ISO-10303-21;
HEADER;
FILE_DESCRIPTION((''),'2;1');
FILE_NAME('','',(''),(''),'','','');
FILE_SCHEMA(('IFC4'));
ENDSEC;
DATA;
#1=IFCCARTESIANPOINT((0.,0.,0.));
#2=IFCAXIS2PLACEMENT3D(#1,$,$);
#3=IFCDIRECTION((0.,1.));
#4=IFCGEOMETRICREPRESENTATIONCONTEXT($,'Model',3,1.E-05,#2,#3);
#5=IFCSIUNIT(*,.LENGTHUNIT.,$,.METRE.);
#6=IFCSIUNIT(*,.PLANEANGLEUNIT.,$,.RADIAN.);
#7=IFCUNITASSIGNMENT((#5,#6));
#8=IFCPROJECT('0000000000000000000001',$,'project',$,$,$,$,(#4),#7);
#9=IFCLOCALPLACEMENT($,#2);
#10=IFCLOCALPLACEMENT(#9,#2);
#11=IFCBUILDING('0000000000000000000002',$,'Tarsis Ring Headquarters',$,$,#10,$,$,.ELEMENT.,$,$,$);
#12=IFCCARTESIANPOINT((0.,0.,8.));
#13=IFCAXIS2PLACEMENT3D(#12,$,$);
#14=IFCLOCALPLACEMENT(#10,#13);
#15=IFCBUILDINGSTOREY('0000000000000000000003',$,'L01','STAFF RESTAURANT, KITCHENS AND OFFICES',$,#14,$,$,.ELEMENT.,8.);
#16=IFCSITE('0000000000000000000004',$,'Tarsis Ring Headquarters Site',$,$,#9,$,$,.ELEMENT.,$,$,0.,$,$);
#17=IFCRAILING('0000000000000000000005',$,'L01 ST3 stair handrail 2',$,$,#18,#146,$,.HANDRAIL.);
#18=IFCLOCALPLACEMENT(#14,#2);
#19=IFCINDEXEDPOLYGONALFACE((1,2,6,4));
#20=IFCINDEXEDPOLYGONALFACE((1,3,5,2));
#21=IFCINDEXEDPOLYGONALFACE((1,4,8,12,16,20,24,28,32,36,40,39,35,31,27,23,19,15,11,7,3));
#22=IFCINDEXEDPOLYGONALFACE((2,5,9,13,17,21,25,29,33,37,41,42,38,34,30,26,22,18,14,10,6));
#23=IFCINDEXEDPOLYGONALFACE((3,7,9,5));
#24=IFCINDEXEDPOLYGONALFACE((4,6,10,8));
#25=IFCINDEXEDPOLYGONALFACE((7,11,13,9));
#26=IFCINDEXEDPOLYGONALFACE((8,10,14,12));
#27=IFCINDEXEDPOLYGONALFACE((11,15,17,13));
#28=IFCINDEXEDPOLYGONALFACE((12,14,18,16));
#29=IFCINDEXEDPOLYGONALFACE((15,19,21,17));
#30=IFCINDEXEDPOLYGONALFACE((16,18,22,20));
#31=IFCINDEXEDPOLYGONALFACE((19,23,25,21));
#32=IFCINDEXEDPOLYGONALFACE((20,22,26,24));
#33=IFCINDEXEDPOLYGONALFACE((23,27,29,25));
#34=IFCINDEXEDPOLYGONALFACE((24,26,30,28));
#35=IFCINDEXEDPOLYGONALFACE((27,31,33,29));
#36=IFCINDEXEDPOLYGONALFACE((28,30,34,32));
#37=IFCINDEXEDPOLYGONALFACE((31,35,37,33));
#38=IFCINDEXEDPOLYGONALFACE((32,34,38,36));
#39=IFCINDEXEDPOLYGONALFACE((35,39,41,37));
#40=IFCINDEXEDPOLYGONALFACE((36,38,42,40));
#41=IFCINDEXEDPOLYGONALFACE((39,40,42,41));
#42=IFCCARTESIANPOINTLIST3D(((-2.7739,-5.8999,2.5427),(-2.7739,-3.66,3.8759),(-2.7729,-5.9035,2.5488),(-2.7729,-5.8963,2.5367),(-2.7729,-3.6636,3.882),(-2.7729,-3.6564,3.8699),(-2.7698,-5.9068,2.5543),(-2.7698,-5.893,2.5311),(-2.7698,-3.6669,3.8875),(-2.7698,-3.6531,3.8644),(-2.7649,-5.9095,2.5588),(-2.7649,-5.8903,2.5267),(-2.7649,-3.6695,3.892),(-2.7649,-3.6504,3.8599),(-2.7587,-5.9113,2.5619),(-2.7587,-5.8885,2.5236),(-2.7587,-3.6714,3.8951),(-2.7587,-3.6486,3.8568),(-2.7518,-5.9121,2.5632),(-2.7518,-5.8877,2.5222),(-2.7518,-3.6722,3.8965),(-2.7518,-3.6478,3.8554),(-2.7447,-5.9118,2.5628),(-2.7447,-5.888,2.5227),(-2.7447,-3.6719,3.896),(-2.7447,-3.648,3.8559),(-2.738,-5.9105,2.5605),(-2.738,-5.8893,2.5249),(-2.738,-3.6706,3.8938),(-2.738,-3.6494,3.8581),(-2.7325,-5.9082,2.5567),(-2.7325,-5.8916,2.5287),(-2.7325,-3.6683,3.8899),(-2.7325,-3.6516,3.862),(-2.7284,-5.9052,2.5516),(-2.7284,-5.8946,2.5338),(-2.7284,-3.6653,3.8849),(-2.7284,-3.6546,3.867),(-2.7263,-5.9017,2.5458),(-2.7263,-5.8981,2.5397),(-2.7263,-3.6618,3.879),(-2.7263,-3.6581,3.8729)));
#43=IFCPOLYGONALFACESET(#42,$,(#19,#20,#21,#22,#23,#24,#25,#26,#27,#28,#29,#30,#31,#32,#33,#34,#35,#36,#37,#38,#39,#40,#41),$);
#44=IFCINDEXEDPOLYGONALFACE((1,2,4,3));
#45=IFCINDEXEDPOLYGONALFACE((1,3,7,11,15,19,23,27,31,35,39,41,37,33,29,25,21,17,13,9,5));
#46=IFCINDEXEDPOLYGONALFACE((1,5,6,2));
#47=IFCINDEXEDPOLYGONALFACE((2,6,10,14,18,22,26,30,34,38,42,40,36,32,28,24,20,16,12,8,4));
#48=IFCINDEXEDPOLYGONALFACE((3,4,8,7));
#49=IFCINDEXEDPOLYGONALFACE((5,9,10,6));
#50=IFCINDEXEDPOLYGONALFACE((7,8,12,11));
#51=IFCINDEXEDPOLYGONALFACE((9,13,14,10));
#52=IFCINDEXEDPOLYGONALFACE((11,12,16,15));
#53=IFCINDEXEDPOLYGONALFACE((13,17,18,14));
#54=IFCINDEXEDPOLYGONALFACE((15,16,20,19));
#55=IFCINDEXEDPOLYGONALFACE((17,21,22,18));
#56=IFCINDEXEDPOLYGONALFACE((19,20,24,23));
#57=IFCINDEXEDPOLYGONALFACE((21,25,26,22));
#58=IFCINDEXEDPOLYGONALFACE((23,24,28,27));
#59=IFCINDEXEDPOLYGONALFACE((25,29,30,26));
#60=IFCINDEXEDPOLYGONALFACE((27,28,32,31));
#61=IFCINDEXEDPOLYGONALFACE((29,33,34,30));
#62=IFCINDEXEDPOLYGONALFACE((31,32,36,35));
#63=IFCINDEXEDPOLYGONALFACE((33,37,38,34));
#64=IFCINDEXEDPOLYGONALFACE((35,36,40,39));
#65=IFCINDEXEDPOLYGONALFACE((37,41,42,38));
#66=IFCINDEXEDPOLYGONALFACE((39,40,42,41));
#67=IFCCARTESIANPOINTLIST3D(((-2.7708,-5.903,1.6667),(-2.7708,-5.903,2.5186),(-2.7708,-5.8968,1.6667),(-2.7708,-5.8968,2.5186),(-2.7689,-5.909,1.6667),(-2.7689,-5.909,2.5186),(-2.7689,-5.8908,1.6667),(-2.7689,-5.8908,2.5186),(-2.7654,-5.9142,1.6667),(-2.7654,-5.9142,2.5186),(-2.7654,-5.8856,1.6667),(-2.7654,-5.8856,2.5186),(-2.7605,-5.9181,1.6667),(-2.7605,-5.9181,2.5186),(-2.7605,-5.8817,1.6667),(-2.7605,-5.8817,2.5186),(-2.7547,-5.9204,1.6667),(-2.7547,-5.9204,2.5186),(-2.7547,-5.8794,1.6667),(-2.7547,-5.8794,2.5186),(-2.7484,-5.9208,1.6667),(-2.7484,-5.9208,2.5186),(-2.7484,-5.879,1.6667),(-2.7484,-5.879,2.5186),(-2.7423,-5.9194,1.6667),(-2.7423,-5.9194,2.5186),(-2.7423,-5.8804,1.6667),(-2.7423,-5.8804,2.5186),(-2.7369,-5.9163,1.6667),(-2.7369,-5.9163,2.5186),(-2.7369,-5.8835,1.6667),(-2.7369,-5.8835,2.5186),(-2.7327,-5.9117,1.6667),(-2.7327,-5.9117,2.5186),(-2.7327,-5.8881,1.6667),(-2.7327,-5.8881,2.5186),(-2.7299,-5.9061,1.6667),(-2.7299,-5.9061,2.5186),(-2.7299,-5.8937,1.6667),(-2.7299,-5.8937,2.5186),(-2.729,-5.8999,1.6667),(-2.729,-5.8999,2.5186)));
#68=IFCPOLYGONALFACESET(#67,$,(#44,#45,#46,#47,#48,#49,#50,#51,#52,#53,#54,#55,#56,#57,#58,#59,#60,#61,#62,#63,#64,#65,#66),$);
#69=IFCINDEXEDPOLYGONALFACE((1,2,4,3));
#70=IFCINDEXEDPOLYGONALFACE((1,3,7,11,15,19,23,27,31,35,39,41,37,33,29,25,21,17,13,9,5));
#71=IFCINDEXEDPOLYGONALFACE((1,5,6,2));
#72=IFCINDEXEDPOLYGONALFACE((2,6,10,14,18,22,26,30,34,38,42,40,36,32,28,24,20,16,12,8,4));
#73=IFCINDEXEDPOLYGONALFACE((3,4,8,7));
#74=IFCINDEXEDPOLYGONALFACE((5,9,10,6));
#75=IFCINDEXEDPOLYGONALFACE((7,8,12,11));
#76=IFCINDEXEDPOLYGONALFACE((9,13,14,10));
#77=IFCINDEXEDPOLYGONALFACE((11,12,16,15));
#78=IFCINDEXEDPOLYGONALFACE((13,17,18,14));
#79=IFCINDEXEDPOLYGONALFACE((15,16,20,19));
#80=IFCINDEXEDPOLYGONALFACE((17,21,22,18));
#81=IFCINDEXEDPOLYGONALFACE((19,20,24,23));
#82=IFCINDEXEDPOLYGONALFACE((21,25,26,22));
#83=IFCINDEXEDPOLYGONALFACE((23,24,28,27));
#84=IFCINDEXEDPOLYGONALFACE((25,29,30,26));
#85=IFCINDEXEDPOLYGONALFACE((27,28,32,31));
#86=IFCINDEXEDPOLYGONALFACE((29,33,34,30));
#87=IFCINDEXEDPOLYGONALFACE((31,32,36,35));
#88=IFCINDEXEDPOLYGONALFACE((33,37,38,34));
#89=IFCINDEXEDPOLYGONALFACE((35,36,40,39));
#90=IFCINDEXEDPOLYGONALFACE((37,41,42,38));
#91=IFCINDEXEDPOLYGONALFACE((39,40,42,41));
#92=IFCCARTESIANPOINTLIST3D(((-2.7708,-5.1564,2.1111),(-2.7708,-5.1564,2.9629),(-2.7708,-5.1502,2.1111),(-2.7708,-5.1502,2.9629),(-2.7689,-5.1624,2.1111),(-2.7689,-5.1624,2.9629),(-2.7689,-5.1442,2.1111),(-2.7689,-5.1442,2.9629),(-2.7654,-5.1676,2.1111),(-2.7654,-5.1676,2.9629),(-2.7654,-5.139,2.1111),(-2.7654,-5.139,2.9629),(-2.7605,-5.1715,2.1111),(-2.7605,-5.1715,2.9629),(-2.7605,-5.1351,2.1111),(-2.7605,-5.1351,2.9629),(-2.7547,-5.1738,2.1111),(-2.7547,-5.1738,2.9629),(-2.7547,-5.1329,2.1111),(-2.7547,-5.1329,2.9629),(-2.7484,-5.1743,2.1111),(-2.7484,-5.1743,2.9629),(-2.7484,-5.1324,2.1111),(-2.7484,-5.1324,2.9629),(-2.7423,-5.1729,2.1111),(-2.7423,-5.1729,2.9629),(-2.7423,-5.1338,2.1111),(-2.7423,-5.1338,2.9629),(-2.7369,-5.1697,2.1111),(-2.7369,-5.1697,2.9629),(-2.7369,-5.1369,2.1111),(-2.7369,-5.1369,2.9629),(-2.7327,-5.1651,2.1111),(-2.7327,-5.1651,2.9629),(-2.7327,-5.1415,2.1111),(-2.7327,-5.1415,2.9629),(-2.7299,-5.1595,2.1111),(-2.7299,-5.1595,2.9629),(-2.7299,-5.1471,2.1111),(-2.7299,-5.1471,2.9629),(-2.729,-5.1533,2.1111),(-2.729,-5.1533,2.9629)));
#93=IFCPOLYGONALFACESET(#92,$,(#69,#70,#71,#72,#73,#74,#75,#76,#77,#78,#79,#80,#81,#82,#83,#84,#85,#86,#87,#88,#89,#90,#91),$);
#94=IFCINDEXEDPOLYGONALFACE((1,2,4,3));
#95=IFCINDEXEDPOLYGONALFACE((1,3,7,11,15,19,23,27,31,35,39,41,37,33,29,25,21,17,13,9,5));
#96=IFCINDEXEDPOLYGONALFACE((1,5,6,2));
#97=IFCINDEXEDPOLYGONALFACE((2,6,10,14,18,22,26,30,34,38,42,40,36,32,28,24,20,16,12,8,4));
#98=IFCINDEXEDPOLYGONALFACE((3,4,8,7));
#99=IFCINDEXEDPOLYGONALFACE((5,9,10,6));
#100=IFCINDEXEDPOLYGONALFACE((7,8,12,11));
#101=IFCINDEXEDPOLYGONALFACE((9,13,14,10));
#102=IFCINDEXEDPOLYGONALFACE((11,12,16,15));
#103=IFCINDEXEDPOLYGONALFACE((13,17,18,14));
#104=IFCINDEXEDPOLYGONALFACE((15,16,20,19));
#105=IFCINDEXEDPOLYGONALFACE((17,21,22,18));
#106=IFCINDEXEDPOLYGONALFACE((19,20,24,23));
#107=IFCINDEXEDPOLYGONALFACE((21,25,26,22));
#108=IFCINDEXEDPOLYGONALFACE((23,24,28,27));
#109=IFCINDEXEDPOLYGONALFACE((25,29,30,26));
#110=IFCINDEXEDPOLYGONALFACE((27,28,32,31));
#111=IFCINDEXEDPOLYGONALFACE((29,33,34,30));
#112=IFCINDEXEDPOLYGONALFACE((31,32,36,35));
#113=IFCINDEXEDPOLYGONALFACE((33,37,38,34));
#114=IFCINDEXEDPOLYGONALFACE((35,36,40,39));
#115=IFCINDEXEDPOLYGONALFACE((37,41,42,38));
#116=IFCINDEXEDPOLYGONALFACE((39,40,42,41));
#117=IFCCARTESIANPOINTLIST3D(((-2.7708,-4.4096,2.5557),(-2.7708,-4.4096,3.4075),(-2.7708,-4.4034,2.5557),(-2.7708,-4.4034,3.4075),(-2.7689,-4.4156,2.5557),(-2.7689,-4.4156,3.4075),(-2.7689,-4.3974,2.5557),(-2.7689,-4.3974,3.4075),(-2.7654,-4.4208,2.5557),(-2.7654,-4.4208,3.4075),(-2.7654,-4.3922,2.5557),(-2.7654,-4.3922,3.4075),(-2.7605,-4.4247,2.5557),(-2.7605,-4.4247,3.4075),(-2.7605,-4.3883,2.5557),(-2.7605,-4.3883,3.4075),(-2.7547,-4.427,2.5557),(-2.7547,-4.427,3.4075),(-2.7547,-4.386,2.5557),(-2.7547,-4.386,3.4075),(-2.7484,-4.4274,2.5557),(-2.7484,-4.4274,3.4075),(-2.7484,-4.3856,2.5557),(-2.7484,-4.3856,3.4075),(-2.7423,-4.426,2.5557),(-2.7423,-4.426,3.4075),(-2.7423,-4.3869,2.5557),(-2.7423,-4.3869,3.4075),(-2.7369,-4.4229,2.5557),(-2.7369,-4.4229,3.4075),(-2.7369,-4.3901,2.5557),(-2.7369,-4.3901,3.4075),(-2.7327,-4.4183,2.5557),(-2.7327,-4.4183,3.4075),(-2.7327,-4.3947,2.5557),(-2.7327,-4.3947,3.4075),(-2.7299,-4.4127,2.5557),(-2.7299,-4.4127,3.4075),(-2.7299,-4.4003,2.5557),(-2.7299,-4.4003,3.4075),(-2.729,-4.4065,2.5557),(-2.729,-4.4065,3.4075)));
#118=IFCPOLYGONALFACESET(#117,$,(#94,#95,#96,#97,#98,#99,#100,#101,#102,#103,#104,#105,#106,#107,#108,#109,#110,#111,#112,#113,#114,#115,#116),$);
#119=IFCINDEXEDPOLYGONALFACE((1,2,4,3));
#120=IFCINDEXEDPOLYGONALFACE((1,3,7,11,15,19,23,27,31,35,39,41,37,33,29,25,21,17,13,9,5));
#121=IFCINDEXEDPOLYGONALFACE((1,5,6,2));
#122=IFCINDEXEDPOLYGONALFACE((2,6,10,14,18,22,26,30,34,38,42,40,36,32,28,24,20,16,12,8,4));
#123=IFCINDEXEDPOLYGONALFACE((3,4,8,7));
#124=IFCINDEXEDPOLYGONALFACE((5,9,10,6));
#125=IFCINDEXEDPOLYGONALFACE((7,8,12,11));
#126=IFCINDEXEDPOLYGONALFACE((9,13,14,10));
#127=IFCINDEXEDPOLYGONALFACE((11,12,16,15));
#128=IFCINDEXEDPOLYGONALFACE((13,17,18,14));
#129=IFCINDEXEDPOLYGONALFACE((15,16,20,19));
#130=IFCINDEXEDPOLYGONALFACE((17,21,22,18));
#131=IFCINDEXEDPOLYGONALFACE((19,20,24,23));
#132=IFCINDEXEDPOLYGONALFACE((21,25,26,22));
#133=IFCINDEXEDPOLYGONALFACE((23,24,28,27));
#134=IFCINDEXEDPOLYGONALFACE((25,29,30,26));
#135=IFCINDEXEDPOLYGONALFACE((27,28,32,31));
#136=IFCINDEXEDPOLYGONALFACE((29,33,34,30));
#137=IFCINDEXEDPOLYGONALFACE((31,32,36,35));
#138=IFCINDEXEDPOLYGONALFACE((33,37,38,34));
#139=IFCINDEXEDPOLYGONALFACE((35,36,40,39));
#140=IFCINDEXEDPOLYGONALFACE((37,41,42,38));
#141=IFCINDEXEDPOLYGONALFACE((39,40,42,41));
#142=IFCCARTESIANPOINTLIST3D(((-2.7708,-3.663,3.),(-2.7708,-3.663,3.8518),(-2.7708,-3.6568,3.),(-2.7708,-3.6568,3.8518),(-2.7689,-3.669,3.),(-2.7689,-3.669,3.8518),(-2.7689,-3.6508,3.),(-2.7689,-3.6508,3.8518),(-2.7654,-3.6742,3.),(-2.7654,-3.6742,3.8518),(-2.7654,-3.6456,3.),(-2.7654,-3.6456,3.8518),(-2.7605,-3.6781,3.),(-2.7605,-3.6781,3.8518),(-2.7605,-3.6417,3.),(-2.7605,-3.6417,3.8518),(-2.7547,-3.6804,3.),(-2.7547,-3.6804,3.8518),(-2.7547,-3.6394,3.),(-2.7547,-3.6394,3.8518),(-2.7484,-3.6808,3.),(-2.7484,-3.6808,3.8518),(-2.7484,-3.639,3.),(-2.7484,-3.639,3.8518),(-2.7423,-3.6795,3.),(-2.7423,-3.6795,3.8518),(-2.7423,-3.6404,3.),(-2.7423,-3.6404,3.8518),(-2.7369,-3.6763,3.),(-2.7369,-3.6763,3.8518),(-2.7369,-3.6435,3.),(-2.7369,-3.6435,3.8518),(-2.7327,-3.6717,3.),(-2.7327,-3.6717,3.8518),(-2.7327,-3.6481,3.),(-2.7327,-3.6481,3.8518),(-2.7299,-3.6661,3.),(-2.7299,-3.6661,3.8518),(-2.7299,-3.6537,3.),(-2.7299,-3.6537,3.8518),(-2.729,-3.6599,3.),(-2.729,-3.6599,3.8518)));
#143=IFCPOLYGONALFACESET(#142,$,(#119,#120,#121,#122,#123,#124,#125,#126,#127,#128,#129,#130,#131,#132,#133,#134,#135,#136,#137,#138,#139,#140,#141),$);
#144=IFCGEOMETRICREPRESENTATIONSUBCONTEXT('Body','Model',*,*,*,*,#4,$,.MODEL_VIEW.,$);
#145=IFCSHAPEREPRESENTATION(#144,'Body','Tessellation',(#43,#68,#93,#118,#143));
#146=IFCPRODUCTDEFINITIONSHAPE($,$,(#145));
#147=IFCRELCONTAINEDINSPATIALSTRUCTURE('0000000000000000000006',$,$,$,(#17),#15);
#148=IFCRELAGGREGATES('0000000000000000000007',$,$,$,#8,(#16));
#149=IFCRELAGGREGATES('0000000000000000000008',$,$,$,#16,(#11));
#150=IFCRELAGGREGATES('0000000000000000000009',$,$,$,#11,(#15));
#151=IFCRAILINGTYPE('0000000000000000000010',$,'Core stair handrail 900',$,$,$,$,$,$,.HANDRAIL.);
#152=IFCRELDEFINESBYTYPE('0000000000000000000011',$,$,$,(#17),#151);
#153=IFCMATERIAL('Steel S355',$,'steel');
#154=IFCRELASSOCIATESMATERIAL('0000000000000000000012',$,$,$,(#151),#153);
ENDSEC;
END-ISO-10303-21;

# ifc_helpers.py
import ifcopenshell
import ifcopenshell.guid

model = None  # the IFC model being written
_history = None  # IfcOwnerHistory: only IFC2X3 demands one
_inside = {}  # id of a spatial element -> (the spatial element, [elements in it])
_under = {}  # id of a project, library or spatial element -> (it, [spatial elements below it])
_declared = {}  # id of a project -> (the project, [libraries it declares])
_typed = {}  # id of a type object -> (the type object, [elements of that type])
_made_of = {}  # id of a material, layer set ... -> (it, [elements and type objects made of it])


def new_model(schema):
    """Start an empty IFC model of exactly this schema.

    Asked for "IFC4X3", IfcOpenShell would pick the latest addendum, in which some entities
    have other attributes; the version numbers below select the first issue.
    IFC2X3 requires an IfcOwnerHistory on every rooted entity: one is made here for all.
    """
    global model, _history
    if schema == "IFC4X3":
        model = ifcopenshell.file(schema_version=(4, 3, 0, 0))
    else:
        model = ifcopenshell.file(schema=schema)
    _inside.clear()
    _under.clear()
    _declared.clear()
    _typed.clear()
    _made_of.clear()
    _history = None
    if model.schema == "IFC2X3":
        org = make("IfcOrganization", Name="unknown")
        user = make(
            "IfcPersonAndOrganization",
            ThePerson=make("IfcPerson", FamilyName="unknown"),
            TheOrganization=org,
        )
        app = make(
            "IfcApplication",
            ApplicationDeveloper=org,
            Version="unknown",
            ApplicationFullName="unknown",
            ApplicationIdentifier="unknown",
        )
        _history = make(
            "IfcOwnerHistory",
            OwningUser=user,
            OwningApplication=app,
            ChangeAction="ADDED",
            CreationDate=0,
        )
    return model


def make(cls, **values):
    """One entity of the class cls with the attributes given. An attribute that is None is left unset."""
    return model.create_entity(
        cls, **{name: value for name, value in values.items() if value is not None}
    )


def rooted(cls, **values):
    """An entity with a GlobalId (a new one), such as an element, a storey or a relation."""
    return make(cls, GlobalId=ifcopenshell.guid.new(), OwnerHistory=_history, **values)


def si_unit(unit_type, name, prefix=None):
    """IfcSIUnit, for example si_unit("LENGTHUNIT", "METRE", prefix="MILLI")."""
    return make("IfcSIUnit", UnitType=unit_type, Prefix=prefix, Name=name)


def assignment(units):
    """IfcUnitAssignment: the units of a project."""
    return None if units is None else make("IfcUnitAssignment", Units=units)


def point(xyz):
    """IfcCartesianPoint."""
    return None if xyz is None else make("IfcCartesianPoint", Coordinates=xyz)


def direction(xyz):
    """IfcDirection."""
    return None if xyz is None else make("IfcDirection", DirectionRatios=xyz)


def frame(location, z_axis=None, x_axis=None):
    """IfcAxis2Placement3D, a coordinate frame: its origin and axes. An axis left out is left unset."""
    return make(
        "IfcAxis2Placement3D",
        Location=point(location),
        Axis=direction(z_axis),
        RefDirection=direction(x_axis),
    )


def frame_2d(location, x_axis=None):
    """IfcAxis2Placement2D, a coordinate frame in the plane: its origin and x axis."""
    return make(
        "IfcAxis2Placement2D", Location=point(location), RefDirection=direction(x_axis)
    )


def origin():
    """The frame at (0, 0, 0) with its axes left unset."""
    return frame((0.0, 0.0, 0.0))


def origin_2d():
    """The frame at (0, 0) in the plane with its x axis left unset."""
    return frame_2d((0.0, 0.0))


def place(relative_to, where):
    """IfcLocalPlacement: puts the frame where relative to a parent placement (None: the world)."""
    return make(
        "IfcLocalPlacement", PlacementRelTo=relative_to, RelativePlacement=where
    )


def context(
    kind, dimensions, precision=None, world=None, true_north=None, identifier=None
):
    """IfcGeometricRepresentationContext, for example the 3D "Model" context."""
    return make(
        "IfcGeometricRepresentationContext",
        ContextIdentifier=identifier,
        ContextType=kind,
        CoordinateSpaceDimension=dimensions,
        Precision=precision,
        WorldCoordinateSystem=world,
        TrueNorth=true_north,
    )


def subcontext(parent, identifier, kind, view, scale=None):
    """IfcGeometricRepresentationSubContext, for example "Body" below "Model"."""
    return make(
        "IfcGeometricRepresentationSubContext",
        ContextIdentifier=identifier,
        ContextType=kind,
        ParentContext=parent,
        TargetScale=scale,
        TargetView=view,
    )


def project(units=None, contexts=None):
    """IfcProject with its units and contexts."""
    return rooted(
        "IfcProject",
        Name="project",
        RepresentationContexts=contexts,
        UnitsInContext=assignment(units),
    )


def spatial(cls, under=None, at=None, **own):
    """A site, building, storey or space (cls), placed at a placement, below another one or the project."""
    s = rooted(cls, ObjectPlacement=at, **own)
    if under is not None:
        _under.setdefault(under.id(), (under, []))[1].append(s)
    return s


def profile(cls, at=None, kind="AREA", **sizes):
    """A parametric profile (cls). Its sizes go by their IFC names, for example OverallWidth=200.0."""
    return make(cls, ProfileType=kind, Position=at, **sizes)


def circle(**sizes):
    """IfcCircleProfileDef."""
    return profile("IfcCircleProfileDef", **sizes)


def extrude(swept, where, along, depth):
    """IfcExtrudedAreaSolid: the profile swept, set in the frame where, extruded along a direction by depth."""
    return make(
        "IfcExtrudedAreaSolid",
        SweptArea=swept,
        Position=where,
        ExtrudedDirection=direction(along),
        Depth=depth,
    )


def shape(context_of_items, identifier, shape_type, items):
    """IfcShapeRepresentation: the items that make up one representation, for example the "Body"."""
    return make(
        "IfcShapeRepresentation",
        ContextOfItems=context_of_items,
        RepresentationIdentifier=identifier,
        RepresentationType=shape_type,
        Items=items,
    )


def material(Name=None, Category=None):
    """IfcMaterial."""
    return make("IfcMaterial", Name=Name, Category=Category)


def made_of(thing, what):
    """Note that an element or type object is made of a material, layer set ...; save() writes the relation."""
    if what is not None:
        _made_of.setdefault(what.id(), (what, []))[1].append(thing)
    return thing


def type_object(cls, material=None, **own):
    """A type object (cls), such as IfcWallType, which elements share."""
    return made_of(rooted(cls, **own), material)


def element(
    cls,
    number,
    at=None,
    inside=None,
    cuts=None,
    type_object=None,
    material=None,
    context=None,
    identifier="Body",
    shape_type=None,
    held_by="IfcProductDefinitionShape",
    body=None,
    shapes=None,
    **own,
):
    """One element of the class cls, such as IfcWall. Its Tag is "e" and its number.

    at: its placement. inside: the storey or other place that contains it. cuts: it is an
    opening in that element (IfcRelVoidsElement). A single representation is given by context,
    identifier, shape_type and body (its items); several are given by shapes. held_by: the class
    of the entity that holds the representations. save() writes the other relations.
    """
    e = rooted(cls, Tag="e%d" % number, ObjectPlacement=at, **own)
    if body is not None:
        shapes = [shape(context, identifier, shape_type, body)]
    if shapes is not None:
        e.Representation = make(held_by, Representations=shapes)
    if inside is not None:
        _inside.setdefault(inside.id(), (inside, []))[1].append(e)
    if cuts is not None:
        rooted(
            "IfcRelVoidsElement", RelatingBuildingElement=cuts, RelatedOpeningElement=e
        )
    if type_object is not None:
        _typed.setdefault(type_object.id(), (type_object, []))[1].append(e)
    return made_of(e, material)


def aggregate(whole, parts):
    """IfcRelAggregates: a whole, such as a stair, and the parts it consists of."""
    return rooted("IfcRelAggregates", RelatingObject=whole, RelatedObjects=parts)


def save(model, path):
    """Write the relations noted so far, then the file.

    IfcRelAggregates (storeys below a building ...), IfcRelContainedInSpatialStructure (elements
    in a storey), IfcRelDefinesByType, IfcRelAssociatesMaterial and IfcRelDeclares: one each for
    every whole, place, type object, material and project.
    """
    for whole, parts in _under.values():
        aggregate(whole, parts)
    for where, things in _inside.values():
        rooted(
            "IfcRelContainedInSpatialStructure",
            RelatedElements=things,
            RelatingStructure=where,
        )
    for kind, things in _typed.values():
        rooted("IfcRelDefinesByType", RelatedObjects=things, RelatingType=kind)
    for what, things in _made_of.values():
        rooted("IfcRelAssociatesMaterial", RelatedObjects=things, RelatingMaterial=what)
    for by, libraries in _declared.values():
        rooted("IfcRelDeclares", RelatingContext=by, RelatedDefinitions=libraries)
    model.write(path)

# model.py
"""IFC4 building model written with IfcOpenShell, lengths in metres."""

from ifc_helpers import new_model, si_unit, direction, frame, origin, origin_2d, place, context, subcontext, project, spatial, circle, extrude, material, type_object, element, save


model = new_model("IFC4")

# Units and contexts
model_context = context("Model", 3, precision=1e-05, world=origin(), true_north=direction((0.0, 1.0)))
body_context = subcontext(model_context, "Body", "Model", "MODEL_VIEW")
ifc_project = project(units=[si_unit("LENGTHUNIT", "METRE"), si_unit("PLANEANGLEUNIT", "RADIAN")], contexts=[model_context])

# Site, building, storey
site_placement = place(None, origin())
site = spatial("IfcSite", under=ifc_project, at=site_placement, Name="Tarsis Ring Headquarters Site", CompositionType="ELEMENT", RefElevation=0.0)
building_placement = place(site_placement, origin())
building = spatial("IfcBuilding", under=site, at=building_placement, Name="Tarsis Ring Headquarters", CompositionType="ELEMENT")
storey_placement = place(building_placement, frame((0.0, 0.0, 8.0)))
storey = spatial("IfcBuildingStorey", under=building, at=storey_placement, Name="L01", Description="STAFF RESTAURANT, KITCHENS AND OFFICES", CompositionType="ELEMENT", Elevation=8.0)

# Railing
ifc_material_1 = material(Name="Steel S355", Category="steel")
railing_type_1 = type_object("IfcRailingType", Name="Core stair handrail 900", PredefinedType="HANDRAIL", material=ifc_material_1)
railing_1_placement = place(storey_placement, frame((-2.75, -5.8999, 1.6667)))
element("IfcRailing", 1, at=railing_1_placement, inside=storey, type_object=railing_type_1, Name="L01 ST3 stair handrail 2", PredefinedType="HANDRAIL", context=body_context, shape_type="SweptSolid", body=[
    extrude(circle(Radius=0.0239, at=origin_2d()), frame((0.0, 0.0, 0.876), z_axis=(0.0, 0.859306, 0.511462), x_axis=(-1.0, 0.0, 0.0)), (0.0, 0.0, 1.0), 2.6067),
    extrude(circle(Radius=0.021, at=origin_2d()), origin(), (0.0, 0.0, 1.0), 0.8518),
    extrude(circle(Radius=0.021, at=origin_2d()), frame((0.0, 0.7466, 0.4443)), (0.0, 0.0, 1.0), 0.8518),
    extrude(circle(Radius=0.021, at=origin_2d()), frame((0.0, 1.4934, 0.8889)), (0.0, 0.0, 1.0), 0.8518),
    extrude(circle(Radius=0.021, at=origin_2d()), frame((0.0, 2.24, 1.3333)), (0.0, 0.0, 1.0), 0.8518),
])

save(model, "model.ifc")
